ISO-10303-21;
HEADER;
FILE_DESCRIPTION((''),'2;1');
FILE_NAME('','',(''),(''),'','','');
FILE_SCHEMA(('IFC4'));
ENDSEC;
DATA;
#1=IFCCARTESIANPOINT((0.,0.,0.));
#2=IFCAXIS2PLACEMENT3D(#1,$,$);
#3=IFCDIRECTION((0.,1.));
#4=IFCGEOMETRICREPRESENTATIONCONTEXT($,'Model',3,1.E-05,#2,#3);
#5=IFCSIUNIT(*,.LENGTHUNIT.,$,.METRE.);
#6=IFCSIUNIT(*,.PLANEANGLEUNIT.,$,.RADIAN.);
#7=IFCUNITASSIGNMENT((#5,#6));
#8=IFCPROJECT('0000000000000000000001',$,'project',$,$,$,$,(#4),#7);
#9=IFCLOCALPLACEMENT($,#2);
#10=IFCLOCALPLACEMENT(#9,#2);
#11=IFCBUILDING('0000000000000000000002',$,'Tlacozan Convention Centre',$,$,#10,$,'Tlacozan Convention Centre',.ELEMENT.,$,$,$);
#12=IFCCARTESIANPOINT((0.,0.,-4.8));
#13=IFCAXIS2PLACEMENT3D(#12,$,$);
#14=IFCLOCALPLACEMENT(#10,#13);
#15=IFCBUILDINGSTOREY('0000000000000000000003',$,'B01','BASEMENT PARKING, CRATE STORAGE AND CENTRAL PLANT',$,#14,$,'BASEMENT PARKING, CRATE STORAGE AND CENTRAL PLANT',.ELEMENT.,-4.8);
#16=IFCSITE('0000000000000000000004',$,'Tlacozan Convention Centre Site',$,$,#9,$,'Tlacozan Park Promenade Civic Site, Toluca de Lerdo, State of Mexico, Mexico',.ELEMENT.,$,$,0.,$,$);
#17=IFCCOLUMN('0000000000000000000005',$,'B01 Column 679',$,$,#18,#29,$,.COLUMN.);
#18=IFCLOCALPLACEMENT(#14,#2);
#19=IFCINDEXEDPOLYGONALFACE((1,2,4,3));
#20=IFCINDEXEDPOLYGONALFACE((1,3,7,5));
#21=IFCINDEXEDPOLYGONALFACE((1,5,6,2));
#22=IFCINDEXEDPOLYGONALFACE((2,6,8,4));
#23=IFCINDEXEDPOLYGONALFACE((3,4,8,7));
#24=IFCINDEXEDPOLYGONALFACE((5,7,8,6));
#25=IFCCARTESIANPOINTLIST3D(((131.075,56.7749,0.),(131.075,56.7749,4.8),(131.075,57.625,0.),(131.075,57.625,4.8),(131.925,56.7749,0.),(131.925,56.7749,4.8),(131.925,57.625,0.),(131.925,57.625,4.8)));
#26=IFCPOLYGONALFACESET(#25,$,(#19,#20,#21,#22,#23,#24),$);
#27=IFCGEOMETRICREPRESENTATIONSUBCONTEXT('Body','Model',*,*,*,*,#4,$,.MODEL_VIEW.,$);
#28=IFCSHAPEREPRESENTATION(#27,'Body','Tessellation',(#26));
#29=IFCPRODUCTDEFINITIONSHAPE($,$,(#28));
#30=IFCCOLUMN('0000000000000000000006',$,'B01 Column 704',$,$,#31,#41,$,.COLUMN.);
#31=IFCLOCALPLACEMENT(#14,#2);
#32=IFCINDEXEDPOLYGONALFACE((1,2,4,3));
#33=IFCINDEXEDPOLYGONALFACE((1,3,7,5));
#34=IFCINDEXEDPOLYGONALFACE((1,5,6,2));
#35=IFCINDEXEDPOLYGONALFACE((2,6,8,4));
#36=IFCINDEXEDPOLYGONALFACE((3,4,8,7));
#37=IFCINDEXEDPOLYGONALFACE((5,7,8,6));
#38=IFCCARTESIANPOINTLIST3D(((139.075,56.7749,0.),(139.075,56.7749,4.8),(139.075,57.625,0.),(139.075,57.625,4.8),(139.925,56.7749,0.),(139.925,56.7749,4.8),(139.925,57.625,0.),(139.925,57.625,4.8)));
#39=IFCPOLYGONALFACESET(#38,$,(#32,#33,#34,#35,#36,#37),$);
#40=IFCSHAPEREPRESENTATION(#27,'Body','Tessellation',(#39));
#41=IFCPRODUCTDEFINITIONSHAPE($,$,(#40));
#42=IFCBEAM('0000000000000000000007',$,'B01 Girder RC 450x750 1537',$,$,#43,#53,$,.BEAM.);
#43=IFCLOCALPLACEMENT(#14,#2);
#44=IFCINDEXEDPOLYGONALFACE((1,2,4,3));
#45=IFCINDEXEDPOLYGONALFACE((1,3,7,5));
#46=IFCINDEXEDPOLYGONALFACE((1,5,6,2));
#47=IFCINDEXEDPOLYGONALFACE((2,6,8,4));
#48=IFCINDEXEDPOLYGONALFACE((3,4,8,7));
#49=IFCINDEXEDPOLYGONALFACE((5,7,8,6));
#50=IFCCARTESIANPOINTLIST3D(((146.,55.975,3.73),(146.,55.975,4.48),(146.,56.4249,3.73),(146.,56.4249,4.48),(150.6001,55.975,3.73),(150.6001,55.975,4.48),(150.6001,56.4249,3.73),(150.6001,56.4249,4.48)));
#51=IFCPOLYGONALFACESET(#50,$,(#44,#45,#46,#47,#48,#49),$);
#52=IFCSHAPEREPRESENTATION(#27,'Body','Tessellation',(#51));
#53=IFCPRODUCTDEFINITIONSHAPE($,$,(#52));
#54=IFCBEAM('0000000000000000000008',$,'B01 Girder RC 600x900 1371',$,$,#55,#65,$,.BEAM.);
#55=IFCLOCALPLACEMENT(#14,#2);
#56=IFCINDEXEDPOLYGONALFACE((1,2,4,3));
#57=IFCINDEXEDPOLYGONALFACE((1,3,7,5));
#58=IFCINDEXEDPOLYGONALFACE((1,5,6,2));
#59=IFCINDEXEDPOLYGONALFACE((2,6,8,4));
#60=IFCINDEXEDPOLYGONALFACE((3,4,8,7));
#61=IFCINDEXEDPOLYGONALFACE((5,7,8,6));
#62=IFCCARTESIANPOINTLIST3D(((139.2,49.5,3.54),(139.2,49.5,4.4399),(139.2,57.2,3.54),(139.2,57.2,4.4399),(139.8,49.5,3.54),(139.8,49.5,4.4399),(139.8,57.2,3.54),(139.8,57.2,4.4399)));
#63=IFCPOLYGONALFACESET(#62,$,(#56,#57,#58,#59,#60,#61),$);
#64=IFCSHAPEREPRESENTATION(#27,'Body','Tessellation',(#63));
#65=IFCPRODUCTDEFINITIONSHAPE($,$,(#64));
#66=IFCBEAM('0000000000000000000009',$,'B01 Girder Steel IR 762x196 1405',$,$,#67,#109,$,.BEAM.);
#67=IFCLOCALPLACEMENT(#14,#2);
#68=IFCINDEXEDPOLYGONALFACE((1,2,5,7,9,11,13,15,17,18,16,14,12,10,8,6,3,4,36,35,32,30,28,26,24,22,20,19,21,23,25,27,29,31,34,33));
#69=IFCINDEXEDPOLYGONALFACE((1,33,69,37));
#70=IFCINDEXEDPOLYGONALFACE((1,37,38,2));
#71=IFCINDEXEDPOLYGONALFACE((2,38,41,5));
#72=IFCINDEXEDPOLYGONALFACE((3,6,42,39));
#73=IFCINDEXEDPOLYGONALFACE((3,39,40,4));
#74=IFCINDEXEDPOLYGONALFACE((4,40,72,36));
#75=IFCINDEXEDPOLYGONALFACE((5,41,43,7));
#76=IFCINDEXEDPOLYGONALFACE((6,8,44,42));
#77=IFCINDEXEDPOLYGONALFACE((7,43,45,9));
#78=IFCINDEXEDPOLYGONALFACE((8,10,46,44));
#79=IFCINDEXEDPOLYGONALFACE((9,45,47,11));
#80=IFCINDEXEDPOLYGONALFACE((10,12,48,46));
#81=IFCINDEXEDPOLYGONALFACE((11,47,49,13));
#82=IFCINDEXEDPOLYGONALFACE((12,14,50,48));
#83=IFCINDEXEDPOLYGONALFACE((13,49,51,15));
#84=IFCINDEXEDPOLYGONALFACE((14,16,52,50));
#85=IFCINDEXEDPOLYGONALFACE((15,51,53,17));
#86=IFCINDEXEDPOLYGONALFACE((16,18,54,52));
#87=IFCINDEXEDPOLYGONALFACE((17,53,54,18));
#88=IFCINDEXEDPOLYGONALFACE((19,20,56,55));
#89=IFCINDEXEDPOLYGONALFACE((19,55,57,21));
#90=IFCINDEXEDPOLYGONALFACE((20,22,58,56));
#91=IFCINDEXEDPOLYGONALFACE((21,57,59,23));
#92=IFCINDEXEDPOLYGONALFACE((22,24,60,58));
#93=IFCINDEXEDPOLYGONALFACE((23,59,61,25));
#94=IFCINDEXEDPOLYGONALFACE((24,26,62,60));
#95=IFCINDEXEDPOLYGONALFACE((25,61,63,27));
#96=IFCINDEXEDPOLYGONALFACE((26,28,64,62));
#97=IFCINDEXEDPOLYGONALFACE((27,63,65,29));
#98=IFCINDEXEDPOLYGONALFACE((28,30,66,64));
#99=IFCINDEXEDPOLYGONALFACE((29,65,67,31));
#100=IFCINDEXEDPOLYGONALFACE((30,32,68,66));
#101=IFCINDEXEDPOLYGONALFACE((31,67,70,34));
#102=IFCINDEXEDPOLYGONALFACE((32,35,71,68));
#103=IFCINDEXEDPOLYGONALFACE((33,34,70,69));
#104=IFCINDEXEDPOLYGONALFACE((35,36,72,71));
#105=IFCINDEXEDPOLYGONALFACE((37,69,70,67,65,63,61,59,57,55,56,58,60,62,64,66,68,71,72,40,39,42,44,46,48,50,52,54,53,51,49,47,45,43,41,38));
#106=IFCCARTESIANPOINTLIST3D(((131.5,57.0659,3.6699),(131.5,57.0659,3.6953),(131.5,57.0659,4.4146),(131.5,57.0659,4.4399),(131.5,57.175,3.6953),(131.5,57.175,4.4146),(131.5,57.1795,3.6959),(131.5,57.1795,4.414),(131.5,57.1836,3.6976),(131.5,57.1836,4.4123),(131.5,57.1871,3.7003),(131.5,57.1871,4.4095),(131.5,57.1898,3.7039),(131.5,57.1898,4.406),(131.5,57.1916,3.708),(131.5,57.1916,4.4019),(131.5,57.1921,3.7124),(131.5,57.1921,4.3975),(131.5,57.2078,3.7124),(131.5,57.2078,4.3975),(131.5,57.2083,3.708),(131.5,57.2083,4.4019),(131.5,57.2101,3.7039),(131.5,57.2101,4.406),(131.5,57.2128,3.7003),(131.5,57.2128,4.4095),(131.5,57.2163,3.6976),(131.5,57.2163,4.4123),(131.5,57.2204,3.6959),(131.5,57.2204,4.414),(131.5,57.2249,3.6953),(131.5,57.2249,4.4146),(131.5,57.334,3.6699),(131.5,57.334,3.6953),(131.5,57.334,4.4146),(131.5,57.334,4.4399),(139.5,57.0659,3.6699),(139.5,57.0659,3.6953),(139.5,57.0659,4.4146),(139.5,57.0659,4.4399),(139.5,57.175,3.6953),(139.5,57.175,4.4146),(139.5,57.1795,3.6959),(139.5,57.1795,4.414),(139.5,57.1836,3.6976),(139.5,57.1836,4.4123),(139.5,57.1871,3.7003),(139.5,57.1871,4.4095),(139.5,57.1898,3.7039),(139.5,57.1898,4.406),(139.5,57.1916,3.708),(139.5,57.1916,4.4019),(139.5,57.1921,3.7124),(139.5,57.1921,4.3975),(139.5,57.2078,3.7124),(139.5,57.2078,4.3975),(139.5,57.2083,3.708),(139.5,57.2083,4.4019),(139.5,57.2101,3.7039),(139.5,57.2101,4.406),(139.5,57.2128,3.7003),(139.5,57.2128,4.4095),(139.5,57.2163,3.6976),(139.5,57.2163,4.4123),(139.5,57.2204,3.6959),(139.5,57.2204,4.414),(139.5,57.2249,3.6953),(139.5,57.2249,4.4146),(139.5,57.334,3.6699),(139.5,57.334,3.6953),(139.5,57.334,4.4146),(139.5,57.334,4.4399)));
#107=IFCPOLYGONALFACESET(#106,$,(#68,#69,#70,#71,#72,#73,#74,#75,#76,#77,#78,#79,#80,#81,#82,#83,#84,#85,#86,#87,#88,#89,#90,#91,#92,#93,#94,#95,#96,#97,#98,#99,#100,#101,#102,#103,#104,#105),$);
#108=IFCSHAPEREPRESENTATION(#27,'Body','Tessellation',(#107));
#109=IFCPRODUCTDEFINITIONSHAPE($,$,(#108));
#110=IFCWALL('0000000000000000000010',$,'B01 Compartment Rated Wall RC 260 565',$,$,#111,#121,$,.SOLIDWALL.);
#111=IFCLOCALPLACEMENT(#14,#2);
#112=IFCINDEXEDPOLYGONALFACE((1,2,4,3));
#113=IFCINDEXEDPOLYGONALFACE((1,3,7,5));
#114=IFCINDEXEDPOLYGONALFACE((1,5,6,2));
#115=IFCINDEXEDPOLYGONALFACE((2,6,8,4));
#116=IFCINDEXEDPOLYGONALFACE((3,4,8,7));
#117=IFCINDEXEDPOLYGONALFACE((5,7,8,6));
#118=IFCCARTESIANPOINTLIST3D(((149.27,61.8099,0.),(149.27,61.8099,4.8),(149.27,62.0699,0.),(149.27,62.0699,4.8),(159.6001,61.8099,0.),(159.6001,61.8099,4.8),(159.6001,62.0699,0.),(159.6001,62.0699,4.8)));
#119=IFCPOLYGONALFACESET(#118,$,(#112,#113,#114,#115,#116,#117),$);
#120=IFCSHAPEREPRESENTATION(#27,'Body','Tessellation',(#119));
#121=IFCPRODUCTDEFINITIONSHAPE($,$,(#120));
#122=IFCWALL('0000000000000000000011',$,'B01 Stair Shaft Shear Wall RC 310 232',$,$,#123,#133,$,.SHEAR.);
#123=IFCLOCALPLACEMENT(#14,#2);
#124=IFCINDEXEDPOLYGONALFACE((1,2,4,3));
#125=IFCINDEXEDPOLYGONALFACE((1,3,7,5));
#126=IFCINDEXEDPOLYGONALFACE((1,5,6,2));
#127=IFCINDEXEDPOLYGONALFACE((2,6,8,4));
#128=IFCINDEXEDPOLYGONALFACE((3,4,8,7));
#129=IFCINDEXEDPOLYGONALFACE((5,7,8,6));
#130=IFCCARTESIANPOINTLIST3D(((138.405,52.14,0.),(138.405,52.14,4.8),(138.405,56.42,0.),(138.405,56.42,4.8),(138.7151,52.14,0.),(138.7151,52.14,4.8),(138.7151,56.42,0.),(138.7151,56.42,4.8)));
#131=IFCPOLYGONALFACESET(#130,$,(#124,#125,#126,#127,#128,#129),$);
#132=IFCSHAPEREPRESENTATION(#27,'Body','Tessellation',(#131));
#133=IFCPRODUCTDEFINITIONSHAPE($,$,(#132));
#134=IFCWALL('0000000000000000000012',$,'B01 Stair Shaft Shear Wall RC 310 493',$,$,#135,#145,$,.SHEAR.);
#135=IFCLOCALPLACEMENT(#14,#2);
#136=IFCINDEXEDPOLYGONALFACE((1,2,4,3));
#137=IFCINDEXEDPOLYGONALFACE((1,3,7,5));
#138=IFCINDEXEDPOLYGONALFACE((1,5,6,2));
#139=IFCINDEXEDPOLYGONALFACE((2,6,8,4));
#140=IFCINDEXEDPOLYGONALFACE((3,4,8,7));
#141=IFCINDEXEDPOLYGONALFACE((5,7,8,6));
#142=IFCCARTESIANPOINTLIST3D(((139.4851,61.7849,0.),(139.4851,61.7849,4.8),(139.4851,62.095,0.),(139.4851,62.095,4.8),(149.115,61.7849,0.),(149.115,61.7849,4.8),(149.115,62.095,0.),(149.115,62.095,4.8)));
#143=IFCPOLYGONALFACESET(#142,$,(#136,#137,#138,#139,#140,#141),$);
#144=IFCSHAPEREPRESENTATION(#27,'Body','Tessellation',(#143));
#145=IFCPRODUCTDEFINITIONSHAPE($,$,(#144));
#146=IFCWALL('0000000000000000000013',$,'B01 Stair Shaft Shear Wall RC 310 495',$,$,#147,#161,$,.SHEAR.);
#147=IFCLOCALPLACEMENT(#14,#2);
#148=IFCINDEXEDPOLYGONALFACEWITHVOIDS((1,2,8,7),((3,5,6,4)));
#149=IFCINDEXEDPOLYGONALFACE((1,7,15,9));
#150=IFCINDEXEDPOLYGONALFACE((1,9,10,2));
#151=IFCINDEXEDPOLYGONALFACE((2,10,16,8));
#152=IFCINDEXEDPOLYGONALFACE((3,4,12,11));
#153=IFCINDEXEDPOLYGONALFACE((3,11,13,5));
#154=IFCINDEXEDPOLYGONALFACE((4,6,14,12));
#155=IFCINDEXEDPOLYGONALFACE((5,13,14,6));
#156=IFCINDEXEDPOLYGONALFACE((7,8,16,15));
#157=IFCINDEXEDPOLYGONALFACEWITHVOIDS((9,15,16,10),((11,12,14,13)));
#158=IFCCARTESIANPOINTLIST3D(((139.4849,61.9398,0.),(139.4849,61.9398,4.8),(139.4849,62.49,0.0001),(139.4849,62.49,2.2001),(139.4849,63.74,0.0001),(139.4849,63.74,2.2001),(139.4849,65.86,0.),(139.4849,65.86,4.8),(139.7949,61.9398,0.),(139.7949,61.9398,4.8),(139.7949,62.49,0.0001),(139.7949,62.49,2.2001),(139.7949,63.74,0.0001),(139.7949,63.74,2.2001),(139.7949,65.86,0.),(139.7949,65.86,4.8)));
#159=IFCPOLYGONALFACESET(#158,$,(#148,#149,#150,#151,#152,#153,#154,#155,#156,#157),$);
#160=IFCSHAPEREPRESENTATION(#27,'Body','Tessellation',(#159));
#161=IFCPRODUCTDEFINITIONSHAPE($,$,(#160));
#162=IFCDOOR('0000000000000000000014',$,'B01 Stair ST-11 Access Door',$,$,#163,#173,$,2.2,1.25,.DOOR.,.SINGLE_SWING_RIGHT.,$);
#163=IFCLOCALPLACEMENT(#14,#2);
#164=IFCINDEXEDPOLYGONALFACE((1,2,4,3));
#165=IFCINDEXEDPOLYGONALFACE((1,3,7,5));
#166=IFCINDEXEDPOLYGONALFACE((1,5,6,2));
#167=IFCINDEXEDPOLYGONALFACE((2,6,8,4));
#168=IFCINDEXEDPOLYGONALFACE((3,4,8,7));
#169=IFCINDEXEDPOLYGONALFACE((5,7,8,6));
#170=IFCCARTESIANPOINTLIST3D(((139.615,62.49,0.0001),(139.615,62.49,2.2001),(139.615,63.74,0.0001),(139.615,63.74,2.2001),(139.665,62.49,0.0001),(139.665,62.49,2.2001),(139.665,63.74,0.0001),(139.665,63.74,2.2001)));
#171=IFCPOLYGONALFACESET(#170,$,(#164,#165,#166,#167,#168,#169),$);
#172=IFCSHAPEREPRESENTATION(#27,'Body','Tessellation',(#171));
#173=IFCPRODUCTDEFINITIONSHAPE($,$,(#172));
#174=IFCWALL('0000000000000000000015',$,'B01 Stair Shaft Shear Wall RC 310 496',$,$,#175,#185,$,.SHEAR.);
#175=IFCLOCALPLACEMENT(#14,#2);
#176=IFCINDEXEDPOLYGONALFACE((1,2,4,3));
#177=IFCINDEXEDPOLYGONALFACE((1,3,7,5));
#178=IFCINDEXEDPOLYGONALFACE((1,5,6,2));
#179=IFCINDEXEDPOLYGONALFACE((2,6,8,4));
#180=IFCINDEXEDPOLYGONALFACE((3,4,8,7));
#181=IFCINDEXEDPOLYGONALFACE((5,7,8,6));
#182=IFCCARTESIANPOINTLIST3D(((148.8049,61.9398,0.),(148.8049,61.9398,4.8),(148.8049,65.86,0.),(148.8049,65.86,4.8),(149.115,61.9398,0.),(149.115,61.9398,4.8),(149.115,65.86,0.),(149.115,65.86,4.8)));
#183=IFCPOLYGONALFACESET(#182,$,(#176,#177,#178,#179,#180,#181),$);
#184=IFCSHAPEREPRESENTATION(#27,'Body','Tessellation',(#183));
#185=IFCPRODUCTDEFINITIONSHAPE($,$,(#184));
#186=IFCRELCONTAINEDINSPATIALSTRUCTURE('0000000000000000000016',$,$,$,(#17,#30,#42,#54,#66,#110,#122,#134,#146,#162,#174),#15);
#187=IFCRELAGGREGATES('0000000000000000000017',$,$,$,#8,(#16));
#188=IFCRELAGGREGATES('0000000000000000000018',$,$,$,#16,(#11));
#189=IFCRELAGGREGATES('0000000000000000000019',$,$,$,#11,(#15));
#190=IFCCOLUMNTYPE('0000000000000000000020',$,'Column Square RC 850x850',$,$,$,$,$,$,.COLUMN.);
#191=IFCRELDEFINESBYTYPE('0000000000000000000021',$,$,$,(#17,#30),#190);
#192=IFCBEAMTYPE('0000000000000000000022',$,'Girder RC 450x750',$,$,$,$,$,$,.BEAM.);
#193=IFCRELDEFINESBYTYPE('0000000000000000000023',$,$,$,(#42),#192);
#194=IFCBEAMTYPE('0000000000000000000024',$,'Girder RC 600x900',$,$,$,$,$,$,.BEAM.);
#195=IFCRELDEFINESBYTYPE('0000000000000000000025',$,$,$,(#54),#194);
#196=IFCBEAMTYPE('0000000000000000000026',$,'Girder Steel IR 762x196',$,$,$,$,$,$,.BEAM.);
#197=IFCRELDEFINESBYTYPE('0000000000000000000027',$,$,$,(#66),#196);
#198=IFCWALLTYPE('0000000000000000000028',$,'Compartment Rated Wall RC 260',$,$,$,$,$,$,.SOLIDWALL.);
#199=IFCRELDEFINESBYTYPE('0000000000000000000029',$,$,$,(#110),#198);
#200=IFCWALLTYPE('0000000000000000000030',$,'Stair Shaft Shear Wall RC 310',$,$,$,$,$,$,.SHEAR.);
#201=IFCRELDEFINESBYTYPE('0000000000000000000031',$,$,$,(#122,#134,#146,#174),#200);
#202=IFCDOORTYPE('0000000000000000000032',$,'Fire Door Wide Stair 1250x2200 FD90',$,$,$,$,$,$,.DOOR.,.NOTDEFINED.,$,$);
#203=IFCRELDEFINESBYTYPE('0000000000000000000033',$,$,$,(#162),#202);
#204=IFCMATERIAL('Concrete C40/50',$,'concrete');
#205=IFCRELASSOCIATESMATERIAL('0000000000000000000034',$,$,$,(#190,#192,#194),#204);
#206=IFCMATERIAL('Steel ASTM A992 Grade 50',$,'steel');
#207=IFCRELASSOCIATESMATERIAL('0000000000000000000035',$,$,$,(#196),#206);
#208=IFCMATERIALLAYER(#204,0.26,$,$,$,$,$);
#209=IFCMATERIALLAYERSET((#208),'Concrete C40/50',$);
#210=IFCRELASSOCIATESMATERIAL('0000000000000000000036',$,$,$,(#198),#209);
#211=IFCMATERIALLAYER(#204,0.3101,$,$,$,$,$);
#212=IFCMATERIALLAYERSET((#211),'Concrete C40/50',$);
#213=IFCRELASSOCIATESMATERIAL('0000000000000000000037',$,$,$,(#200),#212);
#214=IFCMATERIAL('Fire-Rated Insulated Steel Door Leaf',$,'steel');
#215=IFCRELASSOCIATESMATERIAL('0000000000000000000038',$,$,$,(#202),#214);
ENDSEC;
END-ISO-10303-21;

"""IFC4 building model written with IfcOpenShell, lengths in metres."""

from ifc_helpers import new_model, si_unit, direction, frame, frame_2d, origin, origin_2d, place, context, subcontext, project, spatial, rectangle, i_section, extrude, material, layer, layer_set, material_profile, profile_set, type_object, element, fill, save


model = new_model("IFC4")

# Units and contexts
model_context = context("Model", 3, precision=1e-05, world=origin(), true_north=direction((0.0, 1.0)))
body_context = subcontext(model_context, "Body", "Model", "MODEL_VIEW")
ifc_project = project(units=[si_unit("LENGTHUNIT", "METRE"), si_unit("PLANEANGLEUNIT", "RADIAN")], contexts=[model_context])

# Site, building, storey
site_placement = place(None, origin())
site = spatial("IfcSite", under=ifc_project, at=site_placement, Name="Tlacozan Convention Centre Site", LongName="Tlacozan Park Promenade Civic Site, Toluca de Lerdo, State of Mexico, Mexico", CompositionType="ELEMENT", RefElevation=0.0)
building_placement = place(site_placement, origin())
building = spatial("IfcBuilding", under=site, at=building_placement, Name="Tlacozan Convention Centre", LongName="Tlacozan Convention Centre", CompositionType="ELEMENT")
storey_placement = place(building_placement, frame((0.0, 0.0, -4.8)))
storey = spatial("IfcBuildingStorey", under=building, at=storey_placement, Name="B01", Description="BASEMENT PARKING, CRATE STORAGE AND CENTRAL PLANT", LongName="BASEMENT PARKING, CRATE STORAGE AND CENTRAL PLANT", CompositionType="ELEMENT", Elevation=-4.8)

# Columns
ifc_material_1 = material(Name="Concrete C40/50", Category="concrete")
ifc_material_profile_1 = material_profile(ifc_material_1, rectangle(XDim=0.8501, YDim=0.8501, at=origin_2d()), Name="RC 850x850")
ifc_profile_set_1 = profile_set([ifc_material_profile_1], Name="Concrete C40/50")
column_type_1 = type_object("IfcColumnType", Name="Column Square RC 850x850", PredefinedType="COLUMN", material=ifc_profile_set_1)
for number, where, z_axis, x_axis, name in (
    (1, (131.5, 57.2, 0.0), (0.0, 0.0, 1.0), (1.0, 0.0, 0.0), "B01 Column 679"),
    (2, (139.5, 57.2, 0.0), (0.0, 0.0, 1.0), (1.0, 0.0, 0.0), "B01 Column 704"),
):
    element("IfcColumn", number, at=place(storey_placement, frame(where, z_axis=z_axis, x_axis=x_axis)), inside=storey, type_object=column_type_1, Name=name, PredefinedType="COLUMN", context=body_context, shape_type="SweptSolid", body=[
        extrude(rectangle(XDim=0.8501, YDim=0.8501, at=origin_2d()), origin(), (0.0, 0.0, 1.0), 4.8),
    ])

# Beams
ifc_material_profile_2 = material_profile(ifc_material_1, rectangle(XDim=0.45, YDim=0.75, at=origin_2d()), Name="RC 450x750")
ifc_profile_set_2 = profile_set([ifc_material_profile_2], Name="Concrete C40/50")
beam_type_1 = type_object("IfcBeamType", Name="Girder RC 450x750", PredefinedType="BEAM", material=ifc_profile_set_2)
beam_1_placement = place(storey_placement, frame((146.0, 56.2, 4.105), z_axis=(1.0, 0.0, 0.0), x_axis=(0.0, 1.0, 0.0)))
element("IfcBeam", 3, at=beam_1_placement, inside=storey, type_object=beam_type_1, Name="B01 Girder RC 450x750 1537", PredefinedType="BEAM", context=body_context, shape_type="SweptSolid", body=[
    extrude(rectangle(XDim=0.45, YDim=0.75, at=origin_2d()), origin(), (0.0, 0.0, 1.0), 4.6001),
])
ifc_material_profile_3 = material_profile(ifc_material_1, rectangle(XDim=0.6001, YDim=0.8999, at=origin_2d()), Name="RC 600x900")
ifc_profile_set_3 = profile_set([ifc_material_profile_3], Name="Concrete C40/50")
beam_type_2 = type_object("IfcBeamType", Name="Girder RC 600x900", PredefinedType="BEAM", material=ifc_profile_set_3)
beam_2_placement = place(storey_placement, frame((139.5, 49.5, 3.99), z_axis=(0.0, 1.0, 0.0), x_axis=(-1.0, 0.0, 0.0)))
element("IfcBeam", 4, at=beam_2_placement, inside=storey, type_object=beam_type_2, Name="B01 Girder RC 600x900 1371", PredefinedType="BEAM", context=body_context, shape_type="SweptSolid", body=[
    extrude(rectangle(XDim=0.6001, YDim=0.8999, at=origin_2d()), origin(), (0.0, 0.0, 1.0), 7.7),
])
ifc_material_2 = material(Name="Steel ASTM A992 Grade 50", Category="steel")
ifc_material_profile_4 = material_profile(ifc_material_2, i_section(OverallWidth=0.2681, OverallDepth=0.77, WebThickness=0.0156, FlangeThickness=0.0254, FilletRadius=0.0171, at=origin_2d()), Name="IR 762x196.0")
ifc_profile_set_4 = profile_set([ifc_material_profile_4], Name="Steel ASTM A992 Grade 50")
beam_type_3 = type_object("IfcBeamType", Name="Girder Steel IR 762x196", PredefinedType="BEAM", material=ifc_profile_set_4)
beam_3_placement = place(storey_placement, frame((131.5, 57.2, 4.0549), z_axis=(1.0, 0.0, 0.0), x_axis=(0.0, 1.0, 0.0)))
element("IfcBeam", 5, at=beam_3_placement, inside=storey, type_object=beam_type_3, Name="B01 Girder Steel IR 762x196 1405", PredefinedType="BEAM", context=body_context, shape_type="SweptSolid", body=[
    extrude(i_section(OverallWidth=0.2681, OverallDepth=0.77, WebThickness=0.0156, FlangeThickness=0.0254, FilletRadius=0.0171, at=origin_2d()), origin(), (0.0, 0.0, 1.0), 8.0),
])

# Walls
ifc_layer_1 = layer(ifc_material_1, 0.26)
ifc_layer_set_1 = layer_set([ifc_layer_1], Name="Concrete C40/50")
wall_type_1 = type_object("IfcWallType", Name="Compartment Rated Wall RC 260", PredefinedType="SOLIDWALL", material=ifc_layer_set_1)
wall_1_placement = place(storey_placement, frame((149.27, 61.9399, 0.0), z_axis=(0.0, 0.0, 1.0), x_axis=(1.0, 0.0, 0.0)))
element("IfcWall", 6, at=wall_1_placement, inside=storey, type_object=wall_type_1, Name="B01 Compartment Rated Wall RC 260 565", PredefinedType="SOLIDWALL", context=body_context, shape_type="SweptSolid", body=[
    extrude(rectangle(XDim=10.3301, YDim=0.26, at=frame_2d((5.165, 0.0))), origin(), (0.0, 0.0, 1.0), 4.8),
])
ifc_layer_2 = layer(ifc_material_1, 0.3101)
ifc_layer_set_2 = layer_set([ifc_layer_2], Name="Concrete C40/50")
wall_type_2 = type_object("IfcWallType", Name="Stair Shaft Shear Wall RC 310", PredefinedType="SHEAR", material=ifc_layer_set_2)
wall_2_placement = place(storey_placement, frame((138.5601, 52.1399, 0.0), z_axis=(0.0, 0.0, 1.0), x_axis=(0.0, 1.0, 0.0)))
element("IfcWall", 7, at=wall_2_placement, inside=storey, type_object=wall_type_2, Name="B01 Stair Shaft Shear Wall RC 310 232", PredefinedType="SHEAR", context=body_context, shape_type="SweptSolid", body=[
    extrude(rectangle(XDim=4.28, YDim=0.3101, at=frame_2d((2.1401, 0.0))), origin(), (0.0, 0.0, 1.0), 4.8),
])
wall_3_placement = place(storey_placement, frame((139.4851, 61.9399, 0.0), z_axis=(0.0, 0.0, 1.0), x_axis=(1.0, 0.0, 0.0)))
element("IfcWall", 8, at=wall_3_placement, inside=storey, type_object=wall_type_2, Name="B01 Stair Shaft Shear Wall RC 310 493", PredefinedType="SHEAR", context=body_context, shape_type="SweptSolid", body=[
    extrude(rectangle(XDim=9.6299, YDim=0.3101, at=frame_2d((4.8149, 0.0))), origin(), (0.0, 0.0, 1.0), 4.8),
])

# Wall, opening, door
wall_4_placement = place(storey_placement, frame((139.6399, 61.9399, 0.0), z_axis=(0.0, 0.0, 1.0), x_axis=(0.0, 1.0, 0.0)))
wall_4 = element("IfcWall", 9, at=wall_4_placement, inside=storey, type_object=wall_type_2, Name="B01 Stair Shaft Shear Wall RC 310 495", PredefinedType="SHEAR", context=body_context, shape_type="SweptSolid", body=[
    extrude(rectangle(XDim=3.9202, YDim=0.3101, at=frame_2d((1.96, 0.0))), origin(), (0.0, 0.0, 1.0), 4.8),
])
opening_placement = place(wall_4_placement, frame((0.55, 0.0, 0.0)))
opening = element("IfcOpeningElement", 10, at=opening_placement, cuts=wall_4, PredefinedType="OPENING", context=body_context, shape_type="SweptSolid", body=[
    extrude(rectangle(XDim=1.25, YDim=2.2, at=frame_2d((0.625, 1.1001))), frame((0.0, 0.165, 0.0), z_axis=(0.0, -1.0, 0.0), x_axis=(1.0, 0.0, 0.0)), (0.0, 0.0, 1.0), 0.3301),
])
ifc_material_3 = material(Name="Fire-Rated Insulated Steel Door Leaf", Category="steel")
door_type = type_object("IfcDoorType", Name="Fire Door Wide Stair 1250x2200 FD90", OperationType="NOTDEFINED", PredefinedType="DOOR", material=ifc_material_3)
door_placement = place(opening_placement, origin())
door = element("IfcDoor", 11, at=door_placement, inside=storey, type_object=door_type, Name="B01 Stair ST-11 Access Door", OperationType="SINGLE_SWING_RIGHT", OverallHeight=2.2, OverallWidth=1.25, PredefinedType="DOOR", context=body_context, shape_type="SweptSolid", body=[
    extrude(rectangle(XDim=1.25, YDim=2.2, at=frame_2d((0.625, 1.1001))), frame((0.0, 0.0249, 0.0), z_axis=(0.0, -1.0, 0.0), x_axis=(1.0, 0.0, 0.0)), (0.0, 0.0, 1.0), 0.05),
])
fill(opening, door)

# Wall
wall_5_placement = place(storey_placement, frame((148.96, 61.9399, 0.0), z_axis=(0.0, 0.0, 1.0), x_axis=(0.0, 1.0, 0.0)))
element("IfcWall", 12, at=wall_5_placement, inside=storey, type_object=wall_type_2, Name="B01 Stair Shaft Shear Wall RC 310 496", PredefinedType="SHEAR", context=body_context, shape_type="SweptSolid", body=[
    extrude(rectangle(XDim=3.9202, YDim=0.3101, at=frame_2d((1.96, 0.0))), origin(), (0.0, 0.0, 1.0), 4.8),
])

save(model, "model.ifc")
